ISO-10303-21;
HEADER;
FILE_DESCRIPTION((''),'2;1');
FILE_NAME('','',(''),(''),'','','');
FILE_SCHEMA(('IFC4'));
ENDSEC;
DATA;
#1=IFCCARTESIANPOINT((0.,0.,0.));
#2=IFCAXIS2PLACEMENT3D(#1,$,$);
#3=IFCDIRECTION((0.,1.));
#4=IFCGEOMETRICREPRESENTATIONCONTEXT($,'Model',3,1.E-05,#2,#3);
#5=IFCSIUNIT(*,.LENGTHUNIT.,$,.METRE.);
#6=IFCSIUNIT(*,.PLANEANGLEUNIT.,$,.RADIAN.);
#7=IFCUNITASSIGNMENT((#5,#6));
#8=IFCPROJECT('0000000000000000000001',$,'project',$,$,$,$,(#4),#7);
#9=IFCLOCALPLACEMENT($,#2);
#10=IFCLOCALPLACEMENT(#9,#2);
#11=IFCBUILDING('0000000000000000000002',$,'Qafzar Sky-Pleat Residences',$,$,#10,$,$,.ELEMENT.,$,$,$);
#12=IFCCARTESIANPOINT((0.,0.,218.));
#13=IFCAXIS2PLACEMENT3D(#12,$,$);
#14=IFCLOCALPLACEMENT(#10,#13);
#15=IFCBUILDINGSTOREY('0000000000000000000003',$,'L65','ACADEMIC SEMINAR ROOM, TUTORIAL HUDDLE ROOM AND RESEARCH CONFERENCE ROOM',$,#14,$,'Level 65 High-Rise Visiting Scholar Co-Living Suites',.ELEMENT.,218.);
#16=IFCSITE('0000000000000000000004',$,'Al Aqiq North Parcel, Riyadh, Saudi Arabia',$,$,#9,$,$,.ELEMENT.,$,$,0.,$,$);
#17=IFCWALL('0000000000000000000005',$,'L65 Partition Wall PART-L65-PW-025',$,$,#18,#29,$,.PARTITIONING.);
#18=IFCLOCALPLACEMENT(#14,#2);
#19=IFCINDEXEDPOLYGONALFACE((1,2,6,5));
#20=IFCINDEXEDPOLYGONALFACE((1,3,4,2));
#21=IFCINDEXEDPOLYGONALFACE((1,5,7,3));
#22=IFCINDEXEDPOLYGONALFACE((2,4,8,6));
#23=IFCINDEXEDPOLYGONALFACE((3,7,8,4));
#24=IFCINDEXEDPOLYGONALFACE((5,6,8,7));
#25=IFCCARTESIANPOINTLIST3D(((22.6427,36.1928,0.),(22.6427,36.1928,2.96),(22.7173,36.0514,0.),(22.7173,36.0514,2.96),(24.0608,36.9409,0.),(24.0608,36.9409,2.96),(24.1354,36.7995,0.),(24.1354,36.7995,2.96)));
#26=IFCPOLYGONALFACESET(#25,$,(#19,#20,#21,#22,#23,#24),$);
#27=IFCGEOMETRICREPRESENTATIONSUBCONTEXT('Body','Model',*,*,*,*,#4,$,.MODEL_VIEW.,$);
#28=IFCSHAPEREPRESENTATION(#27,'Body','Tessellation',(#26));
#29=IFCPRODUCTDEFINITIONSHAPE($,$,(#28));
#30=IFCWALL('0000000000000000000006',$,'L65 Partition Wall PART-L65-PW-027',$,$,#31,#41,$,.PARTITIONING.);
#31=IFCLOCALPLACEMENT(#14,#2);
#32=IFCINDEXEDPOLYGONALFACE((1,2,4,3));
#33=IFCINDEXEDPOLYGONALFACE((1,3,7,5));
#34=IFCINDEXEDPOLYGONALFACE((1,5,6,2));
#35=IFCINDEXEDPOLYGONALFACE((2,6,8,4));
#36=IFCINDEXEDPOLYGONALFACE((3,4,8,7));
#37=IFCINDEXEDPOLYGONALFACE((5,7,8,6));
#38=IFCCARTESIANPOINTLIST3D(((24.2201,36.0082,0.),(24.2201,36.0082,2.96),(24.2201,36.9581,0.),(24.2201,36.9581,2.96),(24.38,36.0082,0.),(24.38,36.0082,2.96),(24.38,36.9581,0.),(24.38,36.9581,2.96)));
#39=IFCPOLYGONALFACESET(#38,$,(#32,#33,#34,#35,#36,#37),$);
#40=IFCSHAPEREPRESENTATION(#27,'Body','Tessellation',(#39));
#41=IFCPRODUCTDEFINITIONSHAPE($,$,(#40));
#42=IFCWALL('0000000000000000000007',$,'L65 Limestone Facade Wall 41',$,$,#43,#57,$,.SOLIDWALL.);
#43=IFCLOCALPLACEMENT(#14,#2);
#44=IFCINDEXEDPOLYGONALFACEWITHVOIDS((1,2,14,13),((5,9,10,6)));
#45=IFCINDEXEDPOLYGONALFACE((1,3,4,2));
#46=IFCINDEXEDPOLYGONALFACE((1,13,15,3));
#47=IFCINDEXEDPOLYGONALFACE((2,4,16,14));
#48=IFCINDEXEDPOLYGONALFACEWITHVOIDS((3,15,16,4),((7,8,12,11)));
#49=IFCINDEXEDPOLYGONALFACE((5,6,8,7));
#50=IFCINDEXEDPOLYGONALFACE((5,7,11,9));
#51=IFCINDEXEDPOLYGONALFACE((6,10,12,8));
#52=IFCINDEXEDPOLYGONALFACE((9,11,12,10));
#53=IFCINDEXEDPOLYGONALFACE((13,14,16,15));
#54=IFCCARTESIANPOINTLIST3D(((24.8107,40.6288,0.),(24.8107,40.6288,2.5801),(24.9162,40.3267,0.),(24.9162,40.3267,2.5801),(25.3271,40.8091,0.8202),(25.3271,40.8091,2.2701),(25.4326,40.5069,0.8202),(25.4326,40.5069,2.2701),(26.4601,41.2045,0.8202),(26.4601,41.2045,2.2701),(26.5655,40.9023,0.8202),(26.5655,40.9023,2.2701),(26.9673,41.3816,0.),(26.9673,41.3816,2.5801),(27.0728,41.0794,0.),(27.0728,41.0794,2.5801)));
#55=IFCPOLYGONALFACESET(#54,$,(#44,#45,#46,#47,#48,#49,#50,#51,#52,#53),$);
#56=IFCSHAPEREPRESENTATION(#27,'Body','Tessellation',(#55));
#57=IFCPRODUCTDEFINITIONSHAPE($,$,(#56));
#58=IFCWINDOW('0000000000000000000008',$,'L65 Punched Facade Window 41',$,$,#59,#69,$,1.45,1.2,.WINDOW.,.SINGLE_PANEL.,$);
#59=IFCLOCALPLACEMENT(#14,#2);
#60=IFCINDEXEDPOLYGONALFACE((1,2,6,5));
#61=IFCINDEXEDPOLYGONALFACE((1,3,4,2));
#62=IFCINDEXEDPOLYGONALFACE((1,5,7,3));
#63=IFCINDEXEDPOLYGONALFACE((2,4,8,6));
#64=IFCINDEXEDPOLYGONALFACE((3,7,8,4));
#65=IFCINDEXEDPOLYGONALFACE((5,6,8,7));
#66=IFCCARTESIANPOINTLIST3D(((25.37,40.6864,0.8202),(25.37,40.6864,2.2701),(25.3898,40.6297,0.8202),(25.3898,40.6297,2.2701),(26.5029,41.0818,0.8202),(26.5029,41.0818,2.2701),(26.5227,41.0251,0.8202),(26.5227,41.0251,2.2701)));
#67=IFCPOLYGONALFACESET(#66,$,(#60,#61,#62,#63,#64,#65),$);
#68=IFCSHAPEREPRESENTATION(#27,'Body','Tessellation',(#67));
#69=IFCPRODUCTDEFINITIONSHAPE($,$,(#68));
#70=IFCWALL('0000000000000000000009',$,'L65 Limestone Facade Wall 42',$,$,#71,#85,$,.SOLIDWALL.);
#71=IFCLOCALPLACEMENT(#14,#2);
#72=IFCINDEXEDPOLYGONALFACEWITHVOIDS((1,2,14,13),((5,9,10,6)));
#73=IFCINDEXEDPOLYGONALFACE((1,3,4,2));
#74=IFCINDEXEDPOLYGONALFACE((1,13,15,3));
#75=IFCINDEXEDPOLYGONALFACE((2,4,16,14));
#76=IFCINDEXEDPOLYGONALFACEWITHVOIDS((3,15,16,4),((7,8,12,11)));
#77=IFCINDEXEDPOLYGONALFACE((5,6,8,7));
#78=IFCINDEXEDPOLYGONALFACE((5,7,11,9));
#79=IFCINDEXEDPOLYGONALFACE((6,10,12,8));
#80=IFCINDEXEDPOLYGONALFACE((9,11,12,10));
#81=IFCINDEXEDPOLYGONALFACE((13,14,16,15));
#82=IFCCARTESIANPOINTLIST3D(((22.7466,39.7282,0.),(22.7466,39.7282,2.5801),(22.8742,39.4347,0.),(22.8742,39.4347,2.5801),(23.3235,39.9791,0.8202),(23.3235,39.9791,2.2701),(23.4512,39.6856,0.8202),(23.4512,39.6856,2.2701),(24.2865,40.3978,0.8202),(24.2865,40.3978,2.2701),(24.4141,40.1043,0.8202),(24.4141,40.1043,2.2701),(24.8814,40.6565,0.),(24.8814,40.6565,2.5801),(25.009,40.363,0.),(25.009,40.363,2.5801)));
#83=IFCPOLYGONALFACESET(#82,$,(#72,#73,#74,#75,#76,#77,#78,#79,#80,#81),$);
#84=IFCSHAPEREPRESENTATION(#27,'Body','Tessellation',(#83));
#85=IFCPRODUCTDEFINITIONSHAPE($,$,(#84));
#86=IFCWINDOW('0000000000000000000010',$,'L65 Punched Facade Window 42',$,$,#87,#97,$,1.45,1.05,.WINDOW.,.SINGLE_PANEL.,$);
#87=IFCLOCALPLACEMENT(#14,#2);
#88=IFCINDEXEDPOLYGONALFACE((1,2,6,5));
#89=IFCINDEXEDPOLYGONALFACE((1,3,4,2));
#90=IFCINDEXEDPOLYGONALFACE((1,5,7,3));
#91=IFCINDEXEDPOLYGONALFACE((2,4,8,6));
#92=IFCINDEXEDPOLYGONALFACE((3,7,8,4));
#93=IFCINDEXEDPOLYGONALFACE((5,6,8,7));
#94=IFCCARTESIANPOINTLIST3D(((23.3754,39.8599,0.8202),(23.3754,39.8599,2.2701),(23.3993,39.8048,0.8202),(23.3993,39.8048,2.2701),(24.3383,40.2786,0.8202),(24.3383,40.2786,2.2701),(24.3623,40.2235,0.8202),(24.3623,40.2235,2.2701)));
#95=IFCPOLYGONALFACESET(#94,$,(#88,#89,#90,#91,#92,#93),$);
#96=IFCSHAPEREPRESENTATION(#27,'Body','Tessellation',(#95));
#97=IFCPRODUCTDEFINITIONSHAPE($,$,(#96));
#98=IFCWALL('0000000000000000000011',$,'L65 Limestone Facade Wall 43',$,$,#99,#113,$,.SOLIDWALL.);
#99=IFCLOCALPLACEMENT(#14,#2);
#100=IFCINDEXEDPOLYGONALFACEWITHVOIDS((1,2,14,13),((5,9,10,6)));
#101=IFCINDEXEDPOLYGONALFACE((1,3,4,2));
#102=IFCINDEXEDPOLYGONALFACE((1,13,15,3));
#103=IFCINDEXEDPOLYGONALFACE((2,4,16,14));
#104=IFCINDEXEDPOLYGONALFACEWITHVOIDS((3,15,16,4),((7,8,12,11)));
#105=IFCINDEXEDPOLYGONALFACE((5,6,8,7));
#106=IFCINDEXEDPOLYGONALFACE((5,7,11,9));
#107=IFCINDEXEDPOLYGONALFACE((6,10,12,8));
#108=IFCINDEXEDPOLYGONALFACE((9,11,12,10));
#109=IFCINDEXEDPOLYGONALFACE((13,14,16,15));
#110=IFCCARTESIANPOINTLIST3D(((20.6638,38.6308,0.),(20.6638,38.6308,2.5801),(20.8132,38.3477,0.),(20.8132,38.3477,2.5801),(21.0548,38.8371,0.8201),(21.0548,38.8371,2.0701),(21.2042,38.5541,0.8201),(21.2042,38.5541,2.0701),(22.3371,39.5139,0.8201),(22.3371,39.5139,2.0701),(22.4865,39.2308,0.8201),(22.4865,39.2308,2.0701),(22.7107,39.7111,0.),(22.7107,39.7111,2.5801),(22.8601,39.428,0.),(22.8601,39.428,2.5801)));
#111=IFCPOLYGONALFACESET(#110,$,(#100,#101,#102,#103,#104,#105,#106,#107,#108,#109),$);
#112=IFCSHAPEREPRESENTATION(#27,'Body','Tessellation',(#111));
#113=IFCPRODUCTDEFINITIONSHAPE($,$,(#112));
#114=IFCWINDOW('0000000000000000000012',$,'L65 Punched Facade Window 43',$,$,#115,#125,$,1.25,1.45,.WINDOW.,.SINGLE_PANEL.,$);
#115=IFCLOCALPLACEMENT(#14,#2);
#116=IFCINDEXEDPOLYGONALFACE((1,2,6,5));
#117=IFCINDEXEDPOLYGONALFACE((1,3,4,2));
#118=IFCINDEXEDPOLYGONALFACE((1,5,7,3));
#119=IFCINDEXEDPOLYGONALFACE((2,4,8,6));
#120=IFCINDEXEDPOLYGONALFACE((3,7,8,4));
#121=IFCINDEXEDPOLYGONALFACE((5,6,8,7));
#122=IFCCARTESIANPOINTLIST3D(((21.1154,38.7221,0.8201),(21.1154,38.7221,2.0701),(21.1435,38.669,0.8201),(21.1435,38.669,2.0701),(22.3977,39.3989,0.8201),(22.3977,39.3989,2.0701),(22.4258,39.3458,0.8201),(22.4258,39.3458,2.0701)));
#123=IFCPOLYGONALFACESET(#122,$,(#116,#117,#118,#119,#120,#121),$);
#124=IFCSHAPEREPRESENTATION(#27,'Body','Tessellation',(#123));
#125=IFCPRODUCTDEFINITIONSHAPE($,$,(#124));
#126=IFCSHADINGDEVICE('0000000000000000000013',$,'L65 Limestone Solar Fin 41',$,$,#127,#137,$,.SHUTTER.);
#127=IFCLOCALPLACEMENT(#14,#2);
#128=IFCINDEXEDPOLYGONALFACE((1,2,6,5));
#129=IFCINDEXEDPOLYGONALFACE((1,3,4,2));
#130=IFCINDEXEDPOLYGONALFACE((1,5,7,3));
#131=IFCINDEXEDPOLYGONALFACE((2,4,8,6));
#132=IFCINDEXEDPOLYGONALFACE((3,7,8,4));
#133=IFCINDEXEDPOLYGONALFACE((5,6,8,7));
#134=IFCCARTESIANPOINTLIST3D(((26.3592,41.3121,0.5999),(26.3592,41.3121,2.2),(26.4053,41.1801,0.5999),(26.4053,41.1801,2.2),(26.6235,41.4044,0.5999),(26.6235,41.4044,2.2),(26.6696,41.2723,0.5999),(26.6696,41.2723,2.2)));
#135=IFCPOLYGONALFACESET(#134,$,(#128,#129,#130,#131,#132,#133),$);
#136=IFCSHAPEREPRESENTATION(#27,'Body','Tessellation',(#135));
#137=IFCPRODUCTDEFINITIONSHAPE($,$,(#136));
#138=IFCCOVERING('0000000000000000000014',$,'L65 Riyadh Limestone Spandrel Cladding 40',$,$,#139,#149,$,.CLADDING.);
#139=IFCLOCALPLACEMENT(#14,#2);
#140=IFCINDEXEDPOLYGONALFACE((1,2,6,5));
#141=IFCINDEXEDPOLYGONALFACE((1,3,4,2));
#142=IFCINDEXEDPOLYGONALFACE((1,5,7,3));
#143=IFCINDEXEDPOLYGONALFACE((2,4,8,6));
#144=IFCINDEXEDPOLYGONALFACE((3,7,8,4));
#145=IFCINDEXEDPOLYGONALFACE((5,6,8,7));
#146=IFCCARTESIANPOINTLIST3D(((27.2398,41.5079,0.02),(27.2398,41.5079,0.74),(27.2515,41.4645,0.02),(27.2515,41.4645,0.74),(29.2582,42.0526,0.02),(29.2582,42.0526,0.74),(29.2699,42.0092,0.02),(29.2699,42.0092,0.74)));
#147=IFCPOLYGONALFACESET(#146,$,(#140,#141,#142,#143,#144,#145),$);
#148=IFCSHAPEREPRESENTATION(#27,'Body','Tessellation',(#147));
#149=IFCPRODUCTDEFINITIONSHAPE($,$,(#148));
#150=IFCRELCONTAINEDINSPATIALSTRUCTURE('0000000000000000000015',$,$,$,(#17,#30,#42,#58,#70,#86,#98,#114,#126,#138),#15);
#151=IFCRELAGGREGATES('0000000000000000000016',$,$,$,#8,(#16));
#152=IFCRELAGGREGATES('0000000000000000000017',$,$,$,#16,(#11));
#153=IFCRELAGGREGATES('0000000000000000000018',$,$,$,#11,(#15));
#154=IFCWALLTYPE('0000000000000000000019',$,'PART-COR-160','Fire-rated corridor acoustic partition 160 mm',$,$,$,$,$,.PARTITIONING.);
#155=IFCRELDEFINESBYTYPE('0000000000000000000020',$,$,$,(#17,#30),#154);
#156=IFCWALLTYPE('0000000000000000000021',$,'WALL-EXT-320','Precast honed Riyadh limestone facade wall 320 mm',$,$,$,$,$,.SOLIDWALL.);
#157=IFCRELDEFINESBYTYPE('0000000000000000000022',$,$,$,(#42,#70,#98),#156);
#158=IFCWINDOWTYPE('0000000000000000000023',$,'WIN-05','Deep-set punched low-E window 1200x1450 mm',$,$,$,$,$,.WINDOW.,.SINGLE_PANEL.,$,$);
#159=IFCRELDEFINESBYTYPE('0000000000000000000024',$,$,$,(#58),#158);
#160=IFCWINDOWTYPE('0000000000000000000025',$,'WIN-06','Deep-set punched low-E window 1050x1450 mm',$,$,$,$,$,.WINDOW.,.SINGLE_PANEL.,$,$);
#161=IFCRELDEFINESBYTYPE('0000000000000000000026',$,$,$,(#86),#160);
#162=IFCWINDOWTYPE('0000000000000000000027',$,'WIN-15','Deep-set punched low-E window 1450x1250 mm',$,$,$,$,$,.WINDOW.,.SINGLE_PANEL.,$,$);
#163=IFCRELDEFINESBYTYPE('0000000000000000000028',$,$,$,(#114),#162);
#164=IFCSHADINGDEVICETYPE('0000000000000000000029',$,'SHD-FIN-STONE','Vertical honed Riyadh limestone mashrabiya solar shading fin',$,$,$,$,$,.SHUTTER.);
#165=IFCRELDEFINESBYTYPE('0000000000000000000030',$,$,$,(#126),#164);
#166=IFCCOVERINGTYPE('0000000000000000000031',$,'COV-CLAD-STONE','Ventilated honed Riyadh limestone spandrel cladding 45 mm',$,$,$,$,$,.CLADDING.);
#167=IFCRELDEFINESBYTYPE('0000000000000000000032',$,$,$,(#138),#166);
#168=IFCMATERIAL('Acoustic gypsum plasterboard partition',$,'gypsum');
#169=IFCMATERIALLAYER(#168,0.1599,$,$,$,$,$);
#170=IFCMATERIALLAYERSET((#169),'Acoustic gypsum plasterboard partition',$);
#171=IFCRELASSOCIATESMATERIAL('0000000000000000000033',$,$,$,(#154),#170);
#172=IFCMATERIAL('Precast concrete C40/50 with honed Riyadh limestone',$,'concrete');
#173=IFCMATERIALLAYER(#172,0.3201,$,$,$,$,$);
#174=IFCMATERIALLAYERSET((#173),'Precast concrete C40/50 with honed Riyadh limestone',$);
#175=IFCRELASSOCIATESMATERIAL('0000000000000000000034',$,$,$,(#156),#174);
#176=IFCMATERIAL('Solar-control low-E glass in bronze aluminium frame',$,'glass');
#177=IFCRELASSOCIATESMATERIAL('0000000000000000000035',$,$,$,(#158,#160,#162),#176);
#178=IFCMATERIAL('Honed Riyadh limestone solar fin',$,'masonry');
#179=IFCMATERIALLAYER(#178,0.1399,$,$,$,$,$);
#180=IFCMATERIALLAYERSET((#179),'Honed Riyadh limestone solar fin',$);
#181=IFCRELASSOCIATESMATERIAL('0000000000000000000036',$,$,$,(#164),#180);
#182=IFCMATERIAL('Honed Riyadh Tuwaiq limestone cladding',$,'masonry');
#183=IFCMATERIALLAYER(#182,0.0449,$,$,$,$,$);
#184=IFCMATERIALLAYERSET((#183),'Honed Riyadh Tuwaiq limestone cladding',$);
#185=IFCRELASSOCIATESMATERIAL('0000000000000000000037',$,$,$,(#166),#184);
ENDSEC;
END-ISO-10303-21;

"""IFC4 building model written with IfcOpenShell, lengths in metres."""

from ifc_helpers import new_model, si_unit, direction, frame, frame_2d, origin, origin_2d, place, context, subcontext, project, spatial, rectangle, extrude, source, transform, mapped, material, layer, layer_set, type_object, element, fill, save


model = new_model("IFC4")

# Units and contexts
model_context = context("Model", 3, precision=1e-05, world=origin(), true_north=direction((0.0, 1.0)))
body_context = subcontext(model_context, "Body", "Model", "MODEL_VIEW")
ifc_project = project(units=[si_unit("LENGTHUNIT", "METRE"), si_unit("PLANEANGLEUNIT", "RADIAN")], contexts=[model_context])

# Site, building, storey
site_placement = place(None, origin())
site = spatial("IfcSite", under=ifc_project, at=site_placement, Name="Al Aqiq North Parcel, Riyadh, Saudi Arabia", CompositionType="ELEMENT", RefElevation=0.0)
building_placement = place(site_placement, origin())
building = spatial("IfcBuilding", under=site, at=building_placement, Name="Qafzar Sky-Pleat Residences", CompositionType="ELEMENT")
storey_placement = place(building_placement, frame((0.0, 0.0, 218.0)))
storey = spatial("IfcBuildingStorey", under=building, at=storey_placement, Name="L65", Description="ACADEMIC SEMINAR ROOM, TUTORIAL HUDDLE ROOM AND RESEARCH CONFERENCE ROOM", LongName="Level 65 High-Rise Visiting Scholar Co-Living Suites", CompositionType="ELEMENT", Elevation=218.0)

# Shared definitions
ifc_material_1 = material(Name="Acoustic gypsum plasterboard partition", Category="gypsum")
ifc_layer_1 = layer(ifc_material_1, 0.1599)
ifc_layer_set_1 = layer_set([ifc_layer_1], Name="Acoustic gypsum plasterboard partition")
wall_type_1 = type_object("IfcWallType", Name="PART-COR-160", Description="Fire-rated corridor acoustic partition 160 mm", PredefinedType="PARTITIONING", material=ifc_layer_set_1)

# Walls
wall_1_placement = place(storey_placement, frame((22.6799, 36.1221, 0.0), z_axis=(0.0, 0.0, 1.0), x_axis=(0.884469, 0.4666, 0.0)))
element("IfcWall", 1, at=wall_1_placement, inside=storey, type_object=wall_type_1, Name="L65 Partition Wall PART-L65-PW-025", PredefinedType="PARTITIONING", context=body_context, shape_type="SweptSolid", body=[
    extrude(rectangle(XDim=1.6033, YDim=0.1599, at=frame_2d((0.8018, 0.0))), origin(), (0.0, 0.0, 1.0), 2.96),
])
wall_2_placement = place(storey_placement, frame((24.3, 36.0081, 0.0), z_axis=(0.0, 0.0, 1.0), x_axis=(0.0, 1.0, 0.0)))
element("IfcWall", 2, at=wall_2_placement, inside=storey, type_object=wall_type_1, Name="L65 Partition Wall PART-L65-PW-027", PredefinedType="PARTITIONING", context=body_context, shape_type="SweptSolid", body=[
    extrude(rectangle(XDim=0.95, YDim=0.1599, at=frame_2d((0.4751, 0.0))), origin(), (0.0, 0.0, 1.0), 2.96),
])

# Walls, openings, windows
ifc_material_2 = material(Name="Precast concrete C40/50 with honed Riyadh limestone", Category="concrete")
ifc_layer_2 = layer(ifc_material_2, 0.3201)
ifc_layer_set_2 = layer_set([ifc_layer_2], Name="Precast concrete C40/50 with honed Riyadh limestone")
wall_type_2 = type_object("IfcWallType", Name="WALL-EXT-320", Description="Precast honed Riyadh limestone facade wall 320 mm", PredefinedType="SOLIDWALL", material=ifc_layer_set_2)
wall_3_placement = place(storey_placement, frame((27.02, 41.2305, 0.0), z_axis=(0.0, 0.0, 1.0), x_axis=(-0.944143, -0.329536, 0.0)))
wall_3 = element("IfcWall", 3, at=wall_3_placement, inside=storey, type_object=wall_type_2, Name="L65 Limestone Facade Wall 41", PredefinedType="SOLIDWALL", context=body_context, shape_type="SweptSolid", body=[
    extrude(rectangle(XDim=2.2842, YDim=0.3201, at=frame_2d((1.1421, 0.0))), origin(), (0.0, 0.0, 1.0), 2.5801),
])
opening_1_placement = place(wall_3_placement, frame((0.5371, 0.0, 0.8201)))
opening_1 = element("IfcOpeningElement", 4, at=opening_1_placement, cuts=wall_3, PredefinedType="OPENING", context=body_context, shape_type="SweptSolid", body=[
    extrude(rectangle(XDim=1.2, YDim=1.45, at=frame_2d((0.6001, 0.7251))), frame((0.0, 0.1699, 0.0), z_axis=(0.0, -1.0, 0.0), x_axis=(1.0, 0.0, 0.0)), (0.0, 0.0, 1.0), 0.3401),
])
ifc_material_3 = material(Name="Solar-control low-E glass in bronze aluminium frame", Category="glass")
window_type_1 = type_object("IfcWindowType", Name="WIN-05", Description="Deep-set punched low-E window 1200x1450 mm", PartitioningType="SINGLE_PANEL", PredefinedType="WINDOW", material=ifc_material_3)
shared_shape_1 = source(origin(), body_context, "Body", "SweptSolid", [
    extrude(rectangle(XDim=1.2, YDim=1.45, at=frame_2d((0.6001, 0.7251))), frame((0.0, 0.03, 0.0), z_axis=(0.0, -1.0, 0.0), x_axis=(1.0, 0.0, 0.0)), (0.0, 0.0, 1.0), 0.0601),
])
window_1_placement = place(opening_1_placement, origin())
window_1 = element("IfcWindow", 5, at=window_1_placement, inside=storey, type_object=window_type_1, Name="L65 Punched Facade Window 41", OverallHeight=1.45, OverallWidth=1.2, PartitioningType="SINGLE_PANEL", PredefinedType="WINDOW", context=body_context, shape_type="MappedRepresentation", body=[
    mapped(shared_shape_1, transform((0.0, 0.0, 0.0), x_axis=(1.0, 0.0, 0.0), y_axis=(0.0, 1.0, 0.0), z_axis=(0.0, 0.0, 1.0), scale=1.0)),
])
fill(opening_1, window_1)
wall_4_placement = place(storey_placement, frame((24.9453, 40.5098, 0.0), z_axis=(0.0, 0.0, 1.0), x_axis=(-0.91706, -0.398749, 0.0)))
wall_4 = element("IfcWall", 6, at=wall_4_placement, inside=storey, type_object=wall_type_2, Name="L65 Limestone Facade Wall 42", PredefinedType="SOLIDWALL", context=body_context, shape_type="SweptSolid", body=[
    extrude(rectangle(XDim=2.3279, YDim=0.3201, at=frame_2d((1.1641, 0.0))), origin(), (0.0, 0.0, 1.0), 2.5801),
])
opening_2_placement = place(wall_4_placement, frame((0.6489, 0.0, 0.8201)))
opening_2 = element("IfcOpeningElement", 7, at=opening_2_placement, cuts=wall_4, PredefinedType="OPENING", context=body_context, shape_type="SweptSolid", body=[
    extrude(rectangle(XDim=1.05, YDim=1.45, at=frame_2d((0.5249, 0.7251))), frame((0.0, 0.1699, 0.0), z_axis=(0.0, -1.0, 0.0), x_axis=(1.0, 0.0, 0.0)), (0.0, 0.0, 1.0), 0.3401),
])
window_type_2 = type_object("IfcWindowType", Name="WIN-06", Description="Deep-set punched low-E window 1050x1450 mm", PartitioningType="SINGLE_PANEL", PredefinedType="WINDOW", material=ifc_material_3)
shared_shape_2 = source(origin(), body_context, "Body", "SweptSolid", [
    extrude(rectangle(XDim=1.05, YDim=1.45, at=frame_2d((0.5249, 0.7251))), frame((0.0, 0.03, 0.0), z_axis=(0.0, -1.0, 0.0), x_axis=(1.0, 0.0, 0.0)), (0.0, 0.0, 1.0), 0.0601),
])
window_2_placement = place(opening_2_placement, origin())
window_2 = element("IfcWindow", 8, at=window_2_placement, inside=storey, type_object=window_type_2, Name="L65 Punched Facade Window 42", OverallHeight=1.45, OverallWidth=1.05, PartitioningType="SINGLE_PANEL", PredefinedType="WINDOW", context=body_context, shape_type="MappedRepresentation", body=[
    mapped(shared_shape_2, transform((0.0, 0.0, 0.0), x_axis=(1.0, 0.0, 0.0), y_axis=(0.0, 1.0, 0.0), z_axis=(0.0, 0.0, 1.0), scale=1.0)),
])
fill(opening_2, window_2)
wall_5_placement = place(storey_placement, frame((22.7854, 39.5696, 0.0), z_axis=(0.0, 0.0, 1.0), x_axis=(-0.88438, -0.466768, 0.0)))
wall_5 = element("IfcWall", 9, at=wall_5_placement, inside=storey, type_object=wall_type_2, Name="L65 Limestone Facade Wall 43", PredefinedType="SOLIDWALL", context=body_context, shape_type="SweptSolid", body=[
    extrude(rectangle(XDim=2.3145, YDim=0.3201, at=frame_2d((1.1572, 0.0))), origin(), (0.0, 0.0, 1.0), 2.5801),
])
opening_3_placement = place(wall_5_placement, frame((0.4224, 0.0, 0.8201)))
opening_3 = element("IfcOpeningElement", 10, at=opening_3_placement, cuts=wall_5, PredefinedType="OPENING", context=body_context, shape_type="SweptSolid", body=[
    extrude(rectangle(XDim=1.45, YDim=1.25, at=frame_2d((0.7251, 0.625))), frame((0.0, 0.1699, 0.0), z_axis=(0.0, -1.0, 0.0), x_axis=(1.0, 0.0, 0.0)), (0.0, 0.0, 1.0), 0.3401),
])
window_type_3 = type_object("IfcWindowType", Name="WIN-15", Description="Deep-set punched low-E window 1450x1250 mm", PartitioningType="SINGLE_PANEL", PredefinedType="WINDOW", material=ifc_material_3)
shared_shape_3 = source(origin(), body_context, "Body", "SweptSolid", [
    extrude(rectangle(XDim=1.45, YDim=1.25, at=frame_2d((0.7251, 0.625))), frame((0.0, 0.03, 0.0), z_axis=(0.0, -1.0, 0.0), x_axis=(1.0, 0.0, 0.0)), (0.0, 0.0, 1.0), 0.0601),
])
window_3_placement = place(opening_3_placement, origin())
window_3 = element("IfcWindow", 11, at=window_3_placement, inside=storey, type_object=window_type_3, Name="L65 Punched Facade Window 43", OverallHeight=1.25, OverallWidth=1.45, PartitioningType="SINGLE_PANEL", PredefinedType="WINDOW", context=body_context, shape_type="MappedRepresentation", body=[
    mapped(shared_shape_3, transform((0.0, 0.0, 0.0), x_axis=(1.0, 0.0, 0.0), y_axis=(0.0, 1.0, 0.0), z_axis=(0.0, 0.0, 1.0), scale=1.0)),
])
fill(opening_3, window_3)

# Shading device
ifc_material_4 = material(Name="Honed Riyadh limestone solar fin", Category="masonry")
ifc_layer_3 = layer(ifc_material_4, 0.1399)
ifc_layer_set_3 = layer_set([ifc_layer_3], Name="Honed Riyadh limestone solar fin")
shading_device_type = type_object("IfcShadingDeviceType", Name="SHD-FIN-STONE", Description="Vertical honed Riyadh limestone mashrabiya solar shading fin", PredefinedType="SHUTTER", material=ifc_layer_set_3)
shared_shape_4 = source(origin(), body_context, "Body", "SweptSolid", [
    extrude(rectangle(XDim=0.1399, YDim=0.28, at=origin_2d()), origin(), (0.0, 0.0, 1.0), 1.6001),
])
shading_device_placement = place(storey_placement, frame((26.5144, 41.2922, 0.5999), z_axis=(0.0, 0.0, 1.0), x_axis=(-0.32954, 0.944142, 0.0)))
element("IfcShadingDevice", 12, at=shading_device_placement, inside=storey, type_object=shading_device_type, Name="L65 Limestone Solar Fin 41", PredefinedType="SHUTTER", context=body_context, shape_type="MappedRepresentation", body=[
    mapped(shared_shape_4, transform((0.0, 0.0, 0.0), x_axis=(1.0, 0.0, 0.0), y_axis=(0.0, 1.0, 0.0), z_axis=(0.0, 0.0, 1.0), scale=1.0)),
])

# Covering
ifc_material_5 = material(Name="Honed Riyadh Tuwaiq limestone cladding", Category="masonry")
ifc_layer_4 = layer(ifc_material_5, 0.0449)
ifc_layer_set_4 = layer_set([ifc_layer_4], Name="Honed Riyadh Tuwaiq limestone cladding")
covering_type = type_object("IfcCoveringType", Name="COV-CLAD-STONE", Description="Ventilated honed Riyadh limestone spandrel cladding 45 mm", PredefinedType="CLADDING", material=ifc_layer_set_4)
shared_shape_5 = source(origin(), body_context, "Body", "SweptSolid", [
    extrude(rectangle(XDim=2.0906, YDim=0.0449, at=origin_2d()), origin(), (0.0, 0.0, 1.0), 0.72),
])
covering_placement = place(storey_placement, frame((28.2549, 41.7585, 0.02), z_axis=(0.0, 0.0, 1.0), x_axis=(-0.965462, -0.260545, 0.0)))
element("IfcCovering", 13, at=covering_placement, inside=storey, type_object=covering_type, Name="L65 Riyadh Limestone Spandrel Cladding 40", PredefinedType="CLADDING", context=body_context, shape_type="MappedRepresentation", body=[
    mapped(shared_shape_5, transform((0.0, 0.0, 0.0), x_axis=(1.0, 0.0, 0.0), y_axis=(0.0, 1.0, 0.0), z_axis=(0.0, 0.0, 1.0), scale=1.0)),
])

save(model, "model.ifc")
